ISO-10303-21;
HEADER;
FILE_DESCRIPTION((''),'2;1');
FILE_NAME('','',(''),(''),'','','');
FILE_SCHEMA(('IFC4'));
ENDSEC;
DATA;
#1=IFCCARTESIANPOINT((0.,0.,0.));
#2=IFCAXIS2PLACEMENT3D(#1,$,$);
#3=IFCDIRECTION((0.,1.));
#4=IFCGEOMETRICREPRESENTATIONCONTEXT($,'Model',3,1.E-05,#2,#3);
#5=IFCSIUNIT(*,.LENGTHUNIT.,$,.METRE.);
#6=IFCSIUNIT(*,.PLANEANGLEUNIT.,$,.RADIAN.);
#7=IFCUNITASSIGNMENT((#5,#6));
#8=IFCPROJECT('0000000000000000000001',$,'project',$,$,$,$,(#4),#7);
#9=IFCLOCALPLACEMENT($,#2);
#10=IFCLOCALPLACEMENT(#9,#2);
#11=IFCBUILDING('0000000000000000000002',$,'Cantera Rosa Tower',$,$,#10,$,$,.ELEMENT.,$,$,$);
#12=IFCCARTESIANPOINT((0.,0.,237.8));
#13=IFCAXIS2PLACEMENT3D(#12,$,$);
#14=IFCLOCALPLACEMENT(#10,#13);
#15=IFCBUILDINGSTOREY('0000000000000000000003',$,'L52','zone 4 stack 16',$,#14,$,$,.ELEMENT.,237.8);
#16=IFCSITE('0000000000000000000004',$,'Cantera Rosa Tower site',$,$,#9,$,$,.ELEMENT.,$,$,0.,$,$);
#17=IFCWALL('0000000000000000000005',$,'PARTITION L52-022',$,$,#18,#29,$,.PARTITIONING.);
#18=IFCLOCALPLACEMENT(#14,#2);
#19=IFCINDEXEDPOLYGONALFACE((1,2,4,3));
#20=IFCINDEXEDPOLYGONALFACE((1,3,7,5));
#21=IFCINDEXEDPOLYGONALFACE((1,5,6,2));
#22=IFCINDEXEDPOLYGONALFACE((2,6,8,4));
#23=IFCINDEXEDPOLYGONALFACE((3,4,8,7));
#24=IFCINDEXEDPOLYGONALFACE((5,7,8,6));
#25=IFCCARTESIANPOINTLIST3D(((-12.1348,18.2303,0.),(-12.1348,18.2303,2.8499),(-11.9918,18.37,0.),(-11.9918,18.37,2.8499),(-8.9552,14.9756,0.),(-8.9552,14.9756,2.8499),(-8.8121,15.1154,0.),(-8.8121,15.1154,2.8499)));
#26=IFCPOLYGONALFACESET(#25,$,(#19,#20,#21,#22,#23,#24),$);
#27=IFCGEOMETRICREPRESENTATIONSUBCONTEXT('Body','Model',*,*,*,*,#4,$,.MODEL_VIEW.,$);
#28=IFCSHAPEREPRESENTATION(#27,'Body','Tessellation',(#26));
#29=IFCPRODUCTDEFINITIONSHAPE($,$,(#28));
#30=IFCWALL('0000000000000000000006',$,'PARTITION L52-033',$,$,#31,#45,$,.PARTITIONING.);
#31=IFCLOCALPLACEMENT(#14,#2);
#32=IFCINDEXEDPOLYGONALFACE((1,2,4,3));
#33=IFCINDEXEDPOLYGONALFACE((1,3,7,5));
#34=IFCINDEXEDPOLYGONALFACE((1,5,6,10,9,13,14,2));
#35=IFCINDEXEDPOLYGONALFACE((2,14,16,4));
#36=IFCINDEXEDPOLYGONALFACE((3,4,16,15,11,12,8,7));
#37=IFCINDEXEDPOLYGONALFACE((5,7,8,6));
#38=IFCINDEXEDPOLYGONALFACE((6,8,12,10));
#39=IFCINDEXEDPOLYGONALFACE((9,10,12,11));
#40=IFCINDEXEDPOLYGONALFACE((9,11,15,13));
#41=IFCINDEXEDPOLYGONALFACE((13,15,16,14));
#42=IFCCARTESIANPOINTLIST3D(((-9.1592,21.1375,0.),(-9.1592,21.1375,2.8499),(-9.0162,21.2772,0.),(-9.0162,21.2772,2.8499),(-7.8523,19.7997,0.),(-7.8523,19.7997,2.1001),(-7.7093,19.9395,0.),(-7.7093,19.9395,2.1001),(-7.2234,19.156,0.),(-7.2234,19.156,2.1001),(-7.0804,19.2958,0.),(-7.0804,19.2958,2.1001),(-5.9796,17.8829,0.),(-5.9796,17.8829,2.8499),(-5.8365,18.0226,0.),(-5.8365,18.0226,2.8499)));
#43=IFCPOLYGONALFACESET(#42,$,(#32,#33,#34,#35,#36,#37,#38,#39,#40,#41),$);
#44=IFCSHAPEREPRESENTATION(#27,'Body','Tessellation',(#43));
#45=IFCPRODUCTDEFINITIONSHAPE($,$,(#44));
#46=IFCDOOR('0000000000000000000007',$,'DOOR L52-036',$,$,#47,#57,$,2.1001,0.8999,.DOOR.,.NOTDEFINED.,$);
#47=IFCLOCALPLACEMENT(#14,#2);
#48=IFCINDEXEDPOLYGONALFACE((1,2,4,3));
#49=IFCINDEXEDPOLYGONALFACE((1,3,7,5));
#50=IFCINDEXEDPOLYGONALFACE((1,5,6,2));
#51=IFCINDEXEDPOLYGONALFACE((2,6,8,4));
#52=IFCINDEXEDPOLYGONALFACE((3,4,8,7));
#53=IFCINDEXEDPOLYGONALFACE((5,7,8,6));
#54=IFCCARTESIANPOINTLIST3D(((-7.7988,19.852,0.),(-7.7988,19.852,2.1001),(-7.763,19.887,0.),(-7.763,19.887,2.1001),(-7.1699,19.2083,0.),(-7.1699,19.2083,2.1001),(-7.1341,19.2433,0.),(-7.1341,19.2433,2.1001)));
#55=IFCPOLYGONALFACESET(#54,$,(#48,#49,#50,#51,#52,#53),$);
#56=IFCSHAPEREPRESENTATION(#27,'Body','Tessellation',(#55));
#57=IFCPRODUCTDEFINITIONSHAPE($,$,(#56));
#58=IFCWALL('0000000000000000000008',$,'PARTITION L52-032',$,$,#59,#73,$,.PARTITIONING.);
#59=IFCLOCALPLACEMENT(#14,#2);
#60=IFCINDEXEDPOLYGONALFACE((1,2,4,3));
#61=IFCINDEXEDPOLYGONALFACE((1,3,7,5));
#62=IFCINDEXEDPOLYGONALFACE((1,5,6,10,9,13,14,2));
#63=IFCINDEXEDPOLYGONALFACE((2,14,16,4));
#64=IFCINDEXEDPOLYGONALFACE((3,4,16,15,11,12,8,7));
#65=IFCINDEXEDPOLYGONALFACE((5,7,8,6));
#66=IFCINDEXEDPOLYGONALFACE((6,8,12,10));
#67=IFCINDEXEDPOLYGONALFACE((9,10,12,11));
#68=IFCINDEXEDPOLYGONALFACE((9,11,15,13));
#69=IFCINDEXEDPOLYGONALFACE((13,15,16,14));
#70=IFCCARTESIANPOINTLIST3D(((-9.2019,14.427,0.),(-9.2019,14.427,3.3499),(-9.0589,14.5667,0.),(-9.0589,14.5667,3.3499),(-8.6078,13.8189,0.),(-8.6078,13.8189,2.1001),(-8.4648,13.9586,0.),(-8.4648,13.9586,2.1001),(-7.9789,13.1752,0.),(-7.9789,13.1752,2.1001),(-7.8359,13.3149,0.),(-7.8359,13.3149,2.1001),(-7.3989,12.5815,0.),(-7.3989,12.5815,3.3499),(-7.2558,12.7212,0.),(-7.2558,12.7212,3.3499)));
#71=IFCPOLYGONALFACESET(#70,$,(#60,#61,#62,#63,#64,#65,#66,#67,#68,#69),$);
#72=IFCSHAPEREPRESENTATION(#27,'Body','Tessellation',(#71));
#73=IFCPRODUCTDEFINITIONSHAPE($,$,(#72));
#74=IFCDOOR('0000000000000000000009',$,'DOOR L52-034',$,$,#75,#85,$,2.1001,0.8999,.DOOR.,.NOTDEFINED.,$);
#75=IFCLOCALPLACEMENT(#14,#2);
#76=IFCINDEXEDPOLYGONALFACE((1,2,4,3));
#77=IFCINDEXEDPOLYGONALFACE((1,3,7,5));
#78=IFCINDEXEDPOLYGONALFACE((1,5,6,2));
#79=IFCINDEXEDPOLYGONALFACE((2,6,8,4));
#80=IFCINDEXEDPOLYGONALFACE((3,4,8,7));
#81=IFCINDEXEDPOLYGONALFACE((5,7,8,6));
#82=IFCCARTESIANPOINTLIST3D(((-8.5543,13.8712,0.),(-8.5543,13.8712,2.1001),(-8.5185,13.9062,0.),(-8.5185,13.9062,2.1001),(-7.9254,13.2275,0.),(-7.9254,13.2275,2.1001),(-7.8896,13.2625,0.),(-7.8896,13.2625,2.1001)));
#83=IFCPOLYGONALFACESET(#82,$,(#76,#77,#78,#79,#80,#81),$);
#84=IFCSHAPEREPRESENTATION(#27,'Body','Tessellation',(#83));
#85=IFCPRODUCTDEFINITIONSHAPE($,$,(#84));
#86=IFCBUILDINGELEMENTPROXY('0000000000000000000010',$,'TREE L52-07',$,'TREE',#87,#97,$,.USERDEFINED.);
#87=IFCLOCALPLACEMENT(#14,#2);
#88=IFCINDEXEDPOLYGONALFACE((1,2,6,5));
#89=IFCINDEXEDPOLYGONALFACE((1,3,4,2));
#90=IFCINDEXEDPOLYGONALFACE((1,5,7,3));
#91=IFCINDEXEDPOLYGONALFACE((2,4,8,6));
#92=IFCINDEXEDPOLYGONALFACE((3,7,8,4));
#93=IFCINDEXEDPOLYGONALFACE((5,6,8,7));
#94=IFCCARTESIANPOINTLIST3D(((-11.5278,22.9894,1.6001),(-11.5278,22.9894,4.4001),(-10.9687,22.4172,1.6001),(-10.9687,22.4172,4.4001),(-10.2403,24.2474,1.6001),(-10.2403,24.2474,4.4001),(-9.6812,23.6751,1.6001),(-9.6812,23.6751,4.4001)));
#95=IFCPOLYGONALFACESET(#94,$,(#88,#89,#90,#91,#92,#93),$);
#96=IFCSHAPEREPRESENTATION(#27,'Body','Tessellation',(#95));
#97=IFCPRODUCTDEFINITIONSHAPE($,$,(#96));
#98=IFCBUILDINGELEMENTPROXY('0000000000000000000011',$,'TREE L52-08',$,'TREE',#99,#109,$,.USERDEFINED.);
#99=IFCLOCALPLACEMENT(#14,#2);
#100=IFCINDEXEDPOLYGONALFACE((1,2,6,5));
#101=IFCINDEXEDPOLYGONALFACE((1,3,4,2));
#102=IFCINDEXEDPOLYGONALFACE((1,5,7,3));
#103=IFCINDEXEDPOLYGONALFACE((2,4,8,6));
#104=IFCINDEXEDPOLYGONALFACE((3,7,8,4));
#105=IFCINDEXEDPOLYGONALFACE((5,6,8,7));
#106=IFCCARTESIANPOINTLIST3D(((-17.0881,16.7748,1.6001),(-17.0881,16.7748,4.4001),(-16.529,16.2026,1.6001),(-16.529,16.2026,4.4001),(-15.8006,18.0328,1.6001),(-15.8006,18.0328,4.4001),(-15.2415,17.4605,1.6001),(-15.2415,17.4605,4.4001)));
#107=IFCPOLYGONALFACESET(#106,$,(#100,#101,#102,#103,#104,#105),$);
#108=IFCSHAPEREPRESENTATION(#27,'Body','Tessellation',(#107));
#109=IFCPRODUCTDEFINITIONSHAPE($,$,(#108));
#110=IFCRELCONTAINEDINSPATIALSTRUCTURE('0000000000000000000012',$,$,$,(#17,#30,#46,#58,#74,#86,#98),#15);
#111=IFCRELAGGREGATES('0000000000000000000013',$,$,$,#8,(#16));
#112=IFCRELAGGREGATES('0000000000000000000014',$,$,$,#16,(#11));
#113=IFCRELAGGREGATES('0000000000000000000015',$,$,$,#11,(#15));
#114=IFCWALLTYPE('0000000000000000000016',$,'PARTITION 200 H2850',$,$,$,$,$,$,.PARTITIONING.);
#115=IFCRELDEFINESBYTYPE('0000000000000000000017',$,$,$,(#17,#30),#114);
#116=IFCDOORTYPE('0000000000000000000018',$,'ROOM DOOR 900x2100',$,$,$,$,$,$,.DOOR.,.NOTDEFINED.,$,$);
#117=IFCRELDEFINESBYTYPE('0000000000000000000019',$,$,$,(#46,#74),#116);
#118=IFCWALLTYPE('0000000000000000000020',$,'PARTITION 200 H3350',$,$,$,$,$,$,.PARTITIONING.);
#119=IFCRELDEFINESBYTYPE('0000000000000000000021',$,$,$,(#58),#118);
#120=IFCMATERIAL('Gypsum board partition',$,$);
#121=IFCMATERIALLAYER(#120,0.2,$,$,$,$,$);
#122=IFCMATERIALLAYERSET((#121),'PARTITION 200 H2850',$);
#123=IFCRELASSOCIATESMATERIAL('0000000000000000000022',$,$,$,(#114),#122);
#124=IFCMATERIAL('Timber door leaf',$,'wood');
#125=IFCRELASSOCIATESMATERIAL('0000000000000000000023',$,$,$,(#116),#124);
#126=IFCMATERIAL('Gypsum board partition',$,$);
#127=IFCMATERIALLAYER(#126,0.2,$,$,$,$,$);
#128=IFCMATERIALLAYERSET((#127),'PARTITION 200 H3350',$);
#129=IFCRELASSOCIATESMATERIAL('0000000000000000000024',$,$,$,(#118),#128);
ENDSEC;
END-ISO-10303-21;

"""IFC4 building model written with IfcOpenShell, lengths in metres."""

from ifc_helpers import new_model, si_unit, direction, frame, frame_2d, origin, origin_2d, place, context, subcontext, project, spatial, rectangle, extrude, material, layer, layer_set, type_object, element, fill, save


model = new_model("IFC4")

# Units and contexts
model_context = context("Model", 3, precision=1e-05, world=origin(), true_north=direction((0.0, 1.0)))
body_context = subcontext(model_context, "Body", "Model", "MODEL_VIEW")
ifc_project = project(units=[si_unit("LENGTHUNIT", "METRE"), si_unit("PLANEANGLEUNIT", "RADIAN")], contexts=[model_context])

# Site, building, storey
site_placement = place(None, origin())
site = spatial("IfcSite", under=ifc_project, at=site_placement, Name="Cantera Rosa Tower site", CompositionType="ELEMENT", RefElevation=0.0)
building_placement = place(site_placement, origin())
building = spatial("IfcBuilding", under=site, at=building_placement, Name="Cantera Rosa Tower", CompositionType="ELEMENT")
storey_placement = place(building_placement, frame((0.0, 0.0, 237.8)))
storey = spatial("IfcBuildingStorey", under=building, at=storey_placement, Name="L52", Description="zone 4 stack 16", CompositionType="ELEMENT", Elevation=237.8)

# Wall
ifc_material_1 = material(Name="Gypsum board partition")
ifc_layer_1 = layer(ifc_material_1, 0.2)
ifc_layer_set_1 = layer_set([ifc_layer_1], Name="PARTITION 200 H2850")
wall_type_1 = type_object("IfcWallType", Name="PARTITION 200 H2850", PredefinedType="PARTITIONING", material=ifc_layer_set_1)
wall_1_placement = place(storey_placement, frame((-12.0632, 18.3, 0.0), z_axis=(0.0, 0.0, 1.0), x_axis=(0.698823, -0.715295, 0.0)))
element("IfcWall", 1, at=wall_1_placement, inside=storey, type_object=wall_type_1, Name="PARTITION L52-022", PredefinedType="PARTITIONING", context=body_context, shape_type="SweptSolid", body=[
    extrude(rectangle(XDim=4.55, YDim=0.2, at=frame_2d((2.2749, 0.0))), origin(), (0.0, 0.0, 1.0), 2.8499),
])

# Walls, openings, doors
wall_2_placement = place(storey_placement, frame((-9.0876, 21.2073, 0.0), z_axis=(0.0, 0.0, 1.0), x_axis=(0.698823, -0.715295, 0.0)))
wall_2 = element("IfcWall", 2, at=wall_2_placement, inside=storey, type_object=wall_type_1, Name="PARTITION L52-033", PredefinedType="PARTITIONING", context=body_context, shape_type="SweptSolid", body=[
    extrude(rectangle(XDim=4.55, YDim=0.2, at=frame_2d((2.2749, 0.0))), origin(), (0.0, 0.0, 1.0), 2.8499),
])
opening_1_placement = place(wall_2_placement, frame((1.8701, 0.0, 0.0)))
opening_1 = element("IfcOpeningElement", 3, at=opening_1_placement, cuts=wall_2, PredefinedType="OPENING", context=body_context, shape_type="SweptSolid", body=[
    extrude(rectangle(XDim=0.8999, YDim=2.1001, at=frame_2d((0.45, 1.05))), frame((0.0, 0.1099, 0.0), z_axis=(0.0, -1.0, 0.0), x_axis=(1.0, 0.0, 0.0)), (0.0, 0.0, 1.0), 0.22),
])
ifc_material_2 = material(Name="Timber door leaf", Category="wood")
door_type_1 = type_object("IfcDoorType", Name="ROOM DOOR 900x2100", OperationType="NOTDEFINED", PredefinedType="DOOR", material=ifc_material_2)
door_1_placement = place(opening_1_placement, origin())
door_1 = element("IfcDoor", 4, at=door_1_placement, inside=storey, type_object=door_type_1, Name="DOOR L52-036", OperationType="NOTDEFINED", OverallHeight=2.1001, OverallWidth=0.8999, PredefinedType="DOOR", context=body_context, shape_type="SweptSolid", body=[
    extrude(rectangle(XDim=0.8999, YDim=2.1001, at=frame_2d((0.45, 1.05))), frame((0.0, 0.0249, 0.0), z_axis=(0.0, -1.0, 0.0), x_axis=(1.0, 0.0, 0.0)), (0.0, 0.0, 1.0), 0.05),
])
fill(opening_1, door_1)
ifc_material_3 = material(Name="Gypsum board partition")
ifc_layer_2 = layer(ifc_material_3, 0.2)
ifc_layer_set_2 = layer_set([ifc_layer_2], Name="PARTITION 200 H3350")
wall_type_2 = type_object("IfcWallType", Name="PARTITION 200 H3350", PredefinedType="PARTITIONING", material=ifc_layer_set_2)
wall_3_placement = place(storey_placement, frame((-9.1304, 14.4968, 0.0), z_axis=(0.0, 0.0, 1.0), x_axis=(0.698826, -0.715291, 0.0)))
wall_3 = element("IfcWall", 5, at=wall_3_placement, inside=storey, type_object=wall_type_2, Name="PARTITION L52-032", PredefinedType="PARTITIONING", context=body_context, shape_type="SweptSolid", body=[
    extrude(rectangle(XDim=2.5801, YDim=0.2, at=frame_2d((1.29, 0.0))), origin(), (0.0, 0.0, 1.0), 3.3499),
])
opening_2_placement = place(wall_3_placement, frame((0.8501, 0.0, 0.0)))
opening_2 = element("IfcOpeningElement", 6, at=opening_2_placement, cuts=wall_3, PredefinedType="OPENING", context=body_context, shape_type="SweptSolid", body=[
    extrude(rectangle(XDim=0.8999, YDim=2.1001, at=frame_2d((0.45, 1.05))), frame((0.0, 0.1099, 0.0), z_axis=(0.0, -1.0, 0.0), x_axis=(1.0, 0.0, 0.0)), (0.0, 0.0, 1.0), 0.22),
])
door_2_placement = place(opening_2_placement, origin())
door_2 = element("IfcDoor", 7, at=door_2_placement, inside=storey, type_object=door_type_1, Name="DOOR L52-034", OperationType="NOTDEFINED", OverallHeight=2.1001, OverallWidth=0.8999, PredefinedType="DOOR", context=body_context, shape_type="SweptSolid", body=[
    extrude(rectangle(XDim=0.8999, YDim=2.1001, at=frame_2d((0.45, 1.05))), frame((0.0, 0.0249, 0.0), z_axis=(0.0, -1.0, 0.0), x_axis=(1.0, 0.0, 0.0)), (0.0, 0.0, 1.0), 0.05),
])
fill(opening_2, door_2)

# Building element proxies
for number, where, z_axis, x_axis, name in (
    (8, (-10.6045, 23.3323, 1.6001), (0.0, 0.0, 1.0), (-0.715286, -0.698832, 0.0), "TREE L52-07"),
    (9, (-16.1648, 17.1177, 1.6001), (0.0, 0.0, 1.0), (-0.715286, -0.698832, 0.0), "TREE L52-08"),
):
    element("IfcBuildingElementProxy", number, at=place(storey_placement, frame(where, z_axis=z_axis, x_axis=x_axis)), inside=storey, Name=name, ObjectType="TREE", PredefinedType="USERDEFINED", context=body_context, shape_type="SweptSolid", body=[
        extrude(rectangle(XDim=1.8, YDim=0.8, at=origin_2d()), origin(), (0.0, 0.0, 1.0), 2.8),
    ])

save(model, "model.ifc")
